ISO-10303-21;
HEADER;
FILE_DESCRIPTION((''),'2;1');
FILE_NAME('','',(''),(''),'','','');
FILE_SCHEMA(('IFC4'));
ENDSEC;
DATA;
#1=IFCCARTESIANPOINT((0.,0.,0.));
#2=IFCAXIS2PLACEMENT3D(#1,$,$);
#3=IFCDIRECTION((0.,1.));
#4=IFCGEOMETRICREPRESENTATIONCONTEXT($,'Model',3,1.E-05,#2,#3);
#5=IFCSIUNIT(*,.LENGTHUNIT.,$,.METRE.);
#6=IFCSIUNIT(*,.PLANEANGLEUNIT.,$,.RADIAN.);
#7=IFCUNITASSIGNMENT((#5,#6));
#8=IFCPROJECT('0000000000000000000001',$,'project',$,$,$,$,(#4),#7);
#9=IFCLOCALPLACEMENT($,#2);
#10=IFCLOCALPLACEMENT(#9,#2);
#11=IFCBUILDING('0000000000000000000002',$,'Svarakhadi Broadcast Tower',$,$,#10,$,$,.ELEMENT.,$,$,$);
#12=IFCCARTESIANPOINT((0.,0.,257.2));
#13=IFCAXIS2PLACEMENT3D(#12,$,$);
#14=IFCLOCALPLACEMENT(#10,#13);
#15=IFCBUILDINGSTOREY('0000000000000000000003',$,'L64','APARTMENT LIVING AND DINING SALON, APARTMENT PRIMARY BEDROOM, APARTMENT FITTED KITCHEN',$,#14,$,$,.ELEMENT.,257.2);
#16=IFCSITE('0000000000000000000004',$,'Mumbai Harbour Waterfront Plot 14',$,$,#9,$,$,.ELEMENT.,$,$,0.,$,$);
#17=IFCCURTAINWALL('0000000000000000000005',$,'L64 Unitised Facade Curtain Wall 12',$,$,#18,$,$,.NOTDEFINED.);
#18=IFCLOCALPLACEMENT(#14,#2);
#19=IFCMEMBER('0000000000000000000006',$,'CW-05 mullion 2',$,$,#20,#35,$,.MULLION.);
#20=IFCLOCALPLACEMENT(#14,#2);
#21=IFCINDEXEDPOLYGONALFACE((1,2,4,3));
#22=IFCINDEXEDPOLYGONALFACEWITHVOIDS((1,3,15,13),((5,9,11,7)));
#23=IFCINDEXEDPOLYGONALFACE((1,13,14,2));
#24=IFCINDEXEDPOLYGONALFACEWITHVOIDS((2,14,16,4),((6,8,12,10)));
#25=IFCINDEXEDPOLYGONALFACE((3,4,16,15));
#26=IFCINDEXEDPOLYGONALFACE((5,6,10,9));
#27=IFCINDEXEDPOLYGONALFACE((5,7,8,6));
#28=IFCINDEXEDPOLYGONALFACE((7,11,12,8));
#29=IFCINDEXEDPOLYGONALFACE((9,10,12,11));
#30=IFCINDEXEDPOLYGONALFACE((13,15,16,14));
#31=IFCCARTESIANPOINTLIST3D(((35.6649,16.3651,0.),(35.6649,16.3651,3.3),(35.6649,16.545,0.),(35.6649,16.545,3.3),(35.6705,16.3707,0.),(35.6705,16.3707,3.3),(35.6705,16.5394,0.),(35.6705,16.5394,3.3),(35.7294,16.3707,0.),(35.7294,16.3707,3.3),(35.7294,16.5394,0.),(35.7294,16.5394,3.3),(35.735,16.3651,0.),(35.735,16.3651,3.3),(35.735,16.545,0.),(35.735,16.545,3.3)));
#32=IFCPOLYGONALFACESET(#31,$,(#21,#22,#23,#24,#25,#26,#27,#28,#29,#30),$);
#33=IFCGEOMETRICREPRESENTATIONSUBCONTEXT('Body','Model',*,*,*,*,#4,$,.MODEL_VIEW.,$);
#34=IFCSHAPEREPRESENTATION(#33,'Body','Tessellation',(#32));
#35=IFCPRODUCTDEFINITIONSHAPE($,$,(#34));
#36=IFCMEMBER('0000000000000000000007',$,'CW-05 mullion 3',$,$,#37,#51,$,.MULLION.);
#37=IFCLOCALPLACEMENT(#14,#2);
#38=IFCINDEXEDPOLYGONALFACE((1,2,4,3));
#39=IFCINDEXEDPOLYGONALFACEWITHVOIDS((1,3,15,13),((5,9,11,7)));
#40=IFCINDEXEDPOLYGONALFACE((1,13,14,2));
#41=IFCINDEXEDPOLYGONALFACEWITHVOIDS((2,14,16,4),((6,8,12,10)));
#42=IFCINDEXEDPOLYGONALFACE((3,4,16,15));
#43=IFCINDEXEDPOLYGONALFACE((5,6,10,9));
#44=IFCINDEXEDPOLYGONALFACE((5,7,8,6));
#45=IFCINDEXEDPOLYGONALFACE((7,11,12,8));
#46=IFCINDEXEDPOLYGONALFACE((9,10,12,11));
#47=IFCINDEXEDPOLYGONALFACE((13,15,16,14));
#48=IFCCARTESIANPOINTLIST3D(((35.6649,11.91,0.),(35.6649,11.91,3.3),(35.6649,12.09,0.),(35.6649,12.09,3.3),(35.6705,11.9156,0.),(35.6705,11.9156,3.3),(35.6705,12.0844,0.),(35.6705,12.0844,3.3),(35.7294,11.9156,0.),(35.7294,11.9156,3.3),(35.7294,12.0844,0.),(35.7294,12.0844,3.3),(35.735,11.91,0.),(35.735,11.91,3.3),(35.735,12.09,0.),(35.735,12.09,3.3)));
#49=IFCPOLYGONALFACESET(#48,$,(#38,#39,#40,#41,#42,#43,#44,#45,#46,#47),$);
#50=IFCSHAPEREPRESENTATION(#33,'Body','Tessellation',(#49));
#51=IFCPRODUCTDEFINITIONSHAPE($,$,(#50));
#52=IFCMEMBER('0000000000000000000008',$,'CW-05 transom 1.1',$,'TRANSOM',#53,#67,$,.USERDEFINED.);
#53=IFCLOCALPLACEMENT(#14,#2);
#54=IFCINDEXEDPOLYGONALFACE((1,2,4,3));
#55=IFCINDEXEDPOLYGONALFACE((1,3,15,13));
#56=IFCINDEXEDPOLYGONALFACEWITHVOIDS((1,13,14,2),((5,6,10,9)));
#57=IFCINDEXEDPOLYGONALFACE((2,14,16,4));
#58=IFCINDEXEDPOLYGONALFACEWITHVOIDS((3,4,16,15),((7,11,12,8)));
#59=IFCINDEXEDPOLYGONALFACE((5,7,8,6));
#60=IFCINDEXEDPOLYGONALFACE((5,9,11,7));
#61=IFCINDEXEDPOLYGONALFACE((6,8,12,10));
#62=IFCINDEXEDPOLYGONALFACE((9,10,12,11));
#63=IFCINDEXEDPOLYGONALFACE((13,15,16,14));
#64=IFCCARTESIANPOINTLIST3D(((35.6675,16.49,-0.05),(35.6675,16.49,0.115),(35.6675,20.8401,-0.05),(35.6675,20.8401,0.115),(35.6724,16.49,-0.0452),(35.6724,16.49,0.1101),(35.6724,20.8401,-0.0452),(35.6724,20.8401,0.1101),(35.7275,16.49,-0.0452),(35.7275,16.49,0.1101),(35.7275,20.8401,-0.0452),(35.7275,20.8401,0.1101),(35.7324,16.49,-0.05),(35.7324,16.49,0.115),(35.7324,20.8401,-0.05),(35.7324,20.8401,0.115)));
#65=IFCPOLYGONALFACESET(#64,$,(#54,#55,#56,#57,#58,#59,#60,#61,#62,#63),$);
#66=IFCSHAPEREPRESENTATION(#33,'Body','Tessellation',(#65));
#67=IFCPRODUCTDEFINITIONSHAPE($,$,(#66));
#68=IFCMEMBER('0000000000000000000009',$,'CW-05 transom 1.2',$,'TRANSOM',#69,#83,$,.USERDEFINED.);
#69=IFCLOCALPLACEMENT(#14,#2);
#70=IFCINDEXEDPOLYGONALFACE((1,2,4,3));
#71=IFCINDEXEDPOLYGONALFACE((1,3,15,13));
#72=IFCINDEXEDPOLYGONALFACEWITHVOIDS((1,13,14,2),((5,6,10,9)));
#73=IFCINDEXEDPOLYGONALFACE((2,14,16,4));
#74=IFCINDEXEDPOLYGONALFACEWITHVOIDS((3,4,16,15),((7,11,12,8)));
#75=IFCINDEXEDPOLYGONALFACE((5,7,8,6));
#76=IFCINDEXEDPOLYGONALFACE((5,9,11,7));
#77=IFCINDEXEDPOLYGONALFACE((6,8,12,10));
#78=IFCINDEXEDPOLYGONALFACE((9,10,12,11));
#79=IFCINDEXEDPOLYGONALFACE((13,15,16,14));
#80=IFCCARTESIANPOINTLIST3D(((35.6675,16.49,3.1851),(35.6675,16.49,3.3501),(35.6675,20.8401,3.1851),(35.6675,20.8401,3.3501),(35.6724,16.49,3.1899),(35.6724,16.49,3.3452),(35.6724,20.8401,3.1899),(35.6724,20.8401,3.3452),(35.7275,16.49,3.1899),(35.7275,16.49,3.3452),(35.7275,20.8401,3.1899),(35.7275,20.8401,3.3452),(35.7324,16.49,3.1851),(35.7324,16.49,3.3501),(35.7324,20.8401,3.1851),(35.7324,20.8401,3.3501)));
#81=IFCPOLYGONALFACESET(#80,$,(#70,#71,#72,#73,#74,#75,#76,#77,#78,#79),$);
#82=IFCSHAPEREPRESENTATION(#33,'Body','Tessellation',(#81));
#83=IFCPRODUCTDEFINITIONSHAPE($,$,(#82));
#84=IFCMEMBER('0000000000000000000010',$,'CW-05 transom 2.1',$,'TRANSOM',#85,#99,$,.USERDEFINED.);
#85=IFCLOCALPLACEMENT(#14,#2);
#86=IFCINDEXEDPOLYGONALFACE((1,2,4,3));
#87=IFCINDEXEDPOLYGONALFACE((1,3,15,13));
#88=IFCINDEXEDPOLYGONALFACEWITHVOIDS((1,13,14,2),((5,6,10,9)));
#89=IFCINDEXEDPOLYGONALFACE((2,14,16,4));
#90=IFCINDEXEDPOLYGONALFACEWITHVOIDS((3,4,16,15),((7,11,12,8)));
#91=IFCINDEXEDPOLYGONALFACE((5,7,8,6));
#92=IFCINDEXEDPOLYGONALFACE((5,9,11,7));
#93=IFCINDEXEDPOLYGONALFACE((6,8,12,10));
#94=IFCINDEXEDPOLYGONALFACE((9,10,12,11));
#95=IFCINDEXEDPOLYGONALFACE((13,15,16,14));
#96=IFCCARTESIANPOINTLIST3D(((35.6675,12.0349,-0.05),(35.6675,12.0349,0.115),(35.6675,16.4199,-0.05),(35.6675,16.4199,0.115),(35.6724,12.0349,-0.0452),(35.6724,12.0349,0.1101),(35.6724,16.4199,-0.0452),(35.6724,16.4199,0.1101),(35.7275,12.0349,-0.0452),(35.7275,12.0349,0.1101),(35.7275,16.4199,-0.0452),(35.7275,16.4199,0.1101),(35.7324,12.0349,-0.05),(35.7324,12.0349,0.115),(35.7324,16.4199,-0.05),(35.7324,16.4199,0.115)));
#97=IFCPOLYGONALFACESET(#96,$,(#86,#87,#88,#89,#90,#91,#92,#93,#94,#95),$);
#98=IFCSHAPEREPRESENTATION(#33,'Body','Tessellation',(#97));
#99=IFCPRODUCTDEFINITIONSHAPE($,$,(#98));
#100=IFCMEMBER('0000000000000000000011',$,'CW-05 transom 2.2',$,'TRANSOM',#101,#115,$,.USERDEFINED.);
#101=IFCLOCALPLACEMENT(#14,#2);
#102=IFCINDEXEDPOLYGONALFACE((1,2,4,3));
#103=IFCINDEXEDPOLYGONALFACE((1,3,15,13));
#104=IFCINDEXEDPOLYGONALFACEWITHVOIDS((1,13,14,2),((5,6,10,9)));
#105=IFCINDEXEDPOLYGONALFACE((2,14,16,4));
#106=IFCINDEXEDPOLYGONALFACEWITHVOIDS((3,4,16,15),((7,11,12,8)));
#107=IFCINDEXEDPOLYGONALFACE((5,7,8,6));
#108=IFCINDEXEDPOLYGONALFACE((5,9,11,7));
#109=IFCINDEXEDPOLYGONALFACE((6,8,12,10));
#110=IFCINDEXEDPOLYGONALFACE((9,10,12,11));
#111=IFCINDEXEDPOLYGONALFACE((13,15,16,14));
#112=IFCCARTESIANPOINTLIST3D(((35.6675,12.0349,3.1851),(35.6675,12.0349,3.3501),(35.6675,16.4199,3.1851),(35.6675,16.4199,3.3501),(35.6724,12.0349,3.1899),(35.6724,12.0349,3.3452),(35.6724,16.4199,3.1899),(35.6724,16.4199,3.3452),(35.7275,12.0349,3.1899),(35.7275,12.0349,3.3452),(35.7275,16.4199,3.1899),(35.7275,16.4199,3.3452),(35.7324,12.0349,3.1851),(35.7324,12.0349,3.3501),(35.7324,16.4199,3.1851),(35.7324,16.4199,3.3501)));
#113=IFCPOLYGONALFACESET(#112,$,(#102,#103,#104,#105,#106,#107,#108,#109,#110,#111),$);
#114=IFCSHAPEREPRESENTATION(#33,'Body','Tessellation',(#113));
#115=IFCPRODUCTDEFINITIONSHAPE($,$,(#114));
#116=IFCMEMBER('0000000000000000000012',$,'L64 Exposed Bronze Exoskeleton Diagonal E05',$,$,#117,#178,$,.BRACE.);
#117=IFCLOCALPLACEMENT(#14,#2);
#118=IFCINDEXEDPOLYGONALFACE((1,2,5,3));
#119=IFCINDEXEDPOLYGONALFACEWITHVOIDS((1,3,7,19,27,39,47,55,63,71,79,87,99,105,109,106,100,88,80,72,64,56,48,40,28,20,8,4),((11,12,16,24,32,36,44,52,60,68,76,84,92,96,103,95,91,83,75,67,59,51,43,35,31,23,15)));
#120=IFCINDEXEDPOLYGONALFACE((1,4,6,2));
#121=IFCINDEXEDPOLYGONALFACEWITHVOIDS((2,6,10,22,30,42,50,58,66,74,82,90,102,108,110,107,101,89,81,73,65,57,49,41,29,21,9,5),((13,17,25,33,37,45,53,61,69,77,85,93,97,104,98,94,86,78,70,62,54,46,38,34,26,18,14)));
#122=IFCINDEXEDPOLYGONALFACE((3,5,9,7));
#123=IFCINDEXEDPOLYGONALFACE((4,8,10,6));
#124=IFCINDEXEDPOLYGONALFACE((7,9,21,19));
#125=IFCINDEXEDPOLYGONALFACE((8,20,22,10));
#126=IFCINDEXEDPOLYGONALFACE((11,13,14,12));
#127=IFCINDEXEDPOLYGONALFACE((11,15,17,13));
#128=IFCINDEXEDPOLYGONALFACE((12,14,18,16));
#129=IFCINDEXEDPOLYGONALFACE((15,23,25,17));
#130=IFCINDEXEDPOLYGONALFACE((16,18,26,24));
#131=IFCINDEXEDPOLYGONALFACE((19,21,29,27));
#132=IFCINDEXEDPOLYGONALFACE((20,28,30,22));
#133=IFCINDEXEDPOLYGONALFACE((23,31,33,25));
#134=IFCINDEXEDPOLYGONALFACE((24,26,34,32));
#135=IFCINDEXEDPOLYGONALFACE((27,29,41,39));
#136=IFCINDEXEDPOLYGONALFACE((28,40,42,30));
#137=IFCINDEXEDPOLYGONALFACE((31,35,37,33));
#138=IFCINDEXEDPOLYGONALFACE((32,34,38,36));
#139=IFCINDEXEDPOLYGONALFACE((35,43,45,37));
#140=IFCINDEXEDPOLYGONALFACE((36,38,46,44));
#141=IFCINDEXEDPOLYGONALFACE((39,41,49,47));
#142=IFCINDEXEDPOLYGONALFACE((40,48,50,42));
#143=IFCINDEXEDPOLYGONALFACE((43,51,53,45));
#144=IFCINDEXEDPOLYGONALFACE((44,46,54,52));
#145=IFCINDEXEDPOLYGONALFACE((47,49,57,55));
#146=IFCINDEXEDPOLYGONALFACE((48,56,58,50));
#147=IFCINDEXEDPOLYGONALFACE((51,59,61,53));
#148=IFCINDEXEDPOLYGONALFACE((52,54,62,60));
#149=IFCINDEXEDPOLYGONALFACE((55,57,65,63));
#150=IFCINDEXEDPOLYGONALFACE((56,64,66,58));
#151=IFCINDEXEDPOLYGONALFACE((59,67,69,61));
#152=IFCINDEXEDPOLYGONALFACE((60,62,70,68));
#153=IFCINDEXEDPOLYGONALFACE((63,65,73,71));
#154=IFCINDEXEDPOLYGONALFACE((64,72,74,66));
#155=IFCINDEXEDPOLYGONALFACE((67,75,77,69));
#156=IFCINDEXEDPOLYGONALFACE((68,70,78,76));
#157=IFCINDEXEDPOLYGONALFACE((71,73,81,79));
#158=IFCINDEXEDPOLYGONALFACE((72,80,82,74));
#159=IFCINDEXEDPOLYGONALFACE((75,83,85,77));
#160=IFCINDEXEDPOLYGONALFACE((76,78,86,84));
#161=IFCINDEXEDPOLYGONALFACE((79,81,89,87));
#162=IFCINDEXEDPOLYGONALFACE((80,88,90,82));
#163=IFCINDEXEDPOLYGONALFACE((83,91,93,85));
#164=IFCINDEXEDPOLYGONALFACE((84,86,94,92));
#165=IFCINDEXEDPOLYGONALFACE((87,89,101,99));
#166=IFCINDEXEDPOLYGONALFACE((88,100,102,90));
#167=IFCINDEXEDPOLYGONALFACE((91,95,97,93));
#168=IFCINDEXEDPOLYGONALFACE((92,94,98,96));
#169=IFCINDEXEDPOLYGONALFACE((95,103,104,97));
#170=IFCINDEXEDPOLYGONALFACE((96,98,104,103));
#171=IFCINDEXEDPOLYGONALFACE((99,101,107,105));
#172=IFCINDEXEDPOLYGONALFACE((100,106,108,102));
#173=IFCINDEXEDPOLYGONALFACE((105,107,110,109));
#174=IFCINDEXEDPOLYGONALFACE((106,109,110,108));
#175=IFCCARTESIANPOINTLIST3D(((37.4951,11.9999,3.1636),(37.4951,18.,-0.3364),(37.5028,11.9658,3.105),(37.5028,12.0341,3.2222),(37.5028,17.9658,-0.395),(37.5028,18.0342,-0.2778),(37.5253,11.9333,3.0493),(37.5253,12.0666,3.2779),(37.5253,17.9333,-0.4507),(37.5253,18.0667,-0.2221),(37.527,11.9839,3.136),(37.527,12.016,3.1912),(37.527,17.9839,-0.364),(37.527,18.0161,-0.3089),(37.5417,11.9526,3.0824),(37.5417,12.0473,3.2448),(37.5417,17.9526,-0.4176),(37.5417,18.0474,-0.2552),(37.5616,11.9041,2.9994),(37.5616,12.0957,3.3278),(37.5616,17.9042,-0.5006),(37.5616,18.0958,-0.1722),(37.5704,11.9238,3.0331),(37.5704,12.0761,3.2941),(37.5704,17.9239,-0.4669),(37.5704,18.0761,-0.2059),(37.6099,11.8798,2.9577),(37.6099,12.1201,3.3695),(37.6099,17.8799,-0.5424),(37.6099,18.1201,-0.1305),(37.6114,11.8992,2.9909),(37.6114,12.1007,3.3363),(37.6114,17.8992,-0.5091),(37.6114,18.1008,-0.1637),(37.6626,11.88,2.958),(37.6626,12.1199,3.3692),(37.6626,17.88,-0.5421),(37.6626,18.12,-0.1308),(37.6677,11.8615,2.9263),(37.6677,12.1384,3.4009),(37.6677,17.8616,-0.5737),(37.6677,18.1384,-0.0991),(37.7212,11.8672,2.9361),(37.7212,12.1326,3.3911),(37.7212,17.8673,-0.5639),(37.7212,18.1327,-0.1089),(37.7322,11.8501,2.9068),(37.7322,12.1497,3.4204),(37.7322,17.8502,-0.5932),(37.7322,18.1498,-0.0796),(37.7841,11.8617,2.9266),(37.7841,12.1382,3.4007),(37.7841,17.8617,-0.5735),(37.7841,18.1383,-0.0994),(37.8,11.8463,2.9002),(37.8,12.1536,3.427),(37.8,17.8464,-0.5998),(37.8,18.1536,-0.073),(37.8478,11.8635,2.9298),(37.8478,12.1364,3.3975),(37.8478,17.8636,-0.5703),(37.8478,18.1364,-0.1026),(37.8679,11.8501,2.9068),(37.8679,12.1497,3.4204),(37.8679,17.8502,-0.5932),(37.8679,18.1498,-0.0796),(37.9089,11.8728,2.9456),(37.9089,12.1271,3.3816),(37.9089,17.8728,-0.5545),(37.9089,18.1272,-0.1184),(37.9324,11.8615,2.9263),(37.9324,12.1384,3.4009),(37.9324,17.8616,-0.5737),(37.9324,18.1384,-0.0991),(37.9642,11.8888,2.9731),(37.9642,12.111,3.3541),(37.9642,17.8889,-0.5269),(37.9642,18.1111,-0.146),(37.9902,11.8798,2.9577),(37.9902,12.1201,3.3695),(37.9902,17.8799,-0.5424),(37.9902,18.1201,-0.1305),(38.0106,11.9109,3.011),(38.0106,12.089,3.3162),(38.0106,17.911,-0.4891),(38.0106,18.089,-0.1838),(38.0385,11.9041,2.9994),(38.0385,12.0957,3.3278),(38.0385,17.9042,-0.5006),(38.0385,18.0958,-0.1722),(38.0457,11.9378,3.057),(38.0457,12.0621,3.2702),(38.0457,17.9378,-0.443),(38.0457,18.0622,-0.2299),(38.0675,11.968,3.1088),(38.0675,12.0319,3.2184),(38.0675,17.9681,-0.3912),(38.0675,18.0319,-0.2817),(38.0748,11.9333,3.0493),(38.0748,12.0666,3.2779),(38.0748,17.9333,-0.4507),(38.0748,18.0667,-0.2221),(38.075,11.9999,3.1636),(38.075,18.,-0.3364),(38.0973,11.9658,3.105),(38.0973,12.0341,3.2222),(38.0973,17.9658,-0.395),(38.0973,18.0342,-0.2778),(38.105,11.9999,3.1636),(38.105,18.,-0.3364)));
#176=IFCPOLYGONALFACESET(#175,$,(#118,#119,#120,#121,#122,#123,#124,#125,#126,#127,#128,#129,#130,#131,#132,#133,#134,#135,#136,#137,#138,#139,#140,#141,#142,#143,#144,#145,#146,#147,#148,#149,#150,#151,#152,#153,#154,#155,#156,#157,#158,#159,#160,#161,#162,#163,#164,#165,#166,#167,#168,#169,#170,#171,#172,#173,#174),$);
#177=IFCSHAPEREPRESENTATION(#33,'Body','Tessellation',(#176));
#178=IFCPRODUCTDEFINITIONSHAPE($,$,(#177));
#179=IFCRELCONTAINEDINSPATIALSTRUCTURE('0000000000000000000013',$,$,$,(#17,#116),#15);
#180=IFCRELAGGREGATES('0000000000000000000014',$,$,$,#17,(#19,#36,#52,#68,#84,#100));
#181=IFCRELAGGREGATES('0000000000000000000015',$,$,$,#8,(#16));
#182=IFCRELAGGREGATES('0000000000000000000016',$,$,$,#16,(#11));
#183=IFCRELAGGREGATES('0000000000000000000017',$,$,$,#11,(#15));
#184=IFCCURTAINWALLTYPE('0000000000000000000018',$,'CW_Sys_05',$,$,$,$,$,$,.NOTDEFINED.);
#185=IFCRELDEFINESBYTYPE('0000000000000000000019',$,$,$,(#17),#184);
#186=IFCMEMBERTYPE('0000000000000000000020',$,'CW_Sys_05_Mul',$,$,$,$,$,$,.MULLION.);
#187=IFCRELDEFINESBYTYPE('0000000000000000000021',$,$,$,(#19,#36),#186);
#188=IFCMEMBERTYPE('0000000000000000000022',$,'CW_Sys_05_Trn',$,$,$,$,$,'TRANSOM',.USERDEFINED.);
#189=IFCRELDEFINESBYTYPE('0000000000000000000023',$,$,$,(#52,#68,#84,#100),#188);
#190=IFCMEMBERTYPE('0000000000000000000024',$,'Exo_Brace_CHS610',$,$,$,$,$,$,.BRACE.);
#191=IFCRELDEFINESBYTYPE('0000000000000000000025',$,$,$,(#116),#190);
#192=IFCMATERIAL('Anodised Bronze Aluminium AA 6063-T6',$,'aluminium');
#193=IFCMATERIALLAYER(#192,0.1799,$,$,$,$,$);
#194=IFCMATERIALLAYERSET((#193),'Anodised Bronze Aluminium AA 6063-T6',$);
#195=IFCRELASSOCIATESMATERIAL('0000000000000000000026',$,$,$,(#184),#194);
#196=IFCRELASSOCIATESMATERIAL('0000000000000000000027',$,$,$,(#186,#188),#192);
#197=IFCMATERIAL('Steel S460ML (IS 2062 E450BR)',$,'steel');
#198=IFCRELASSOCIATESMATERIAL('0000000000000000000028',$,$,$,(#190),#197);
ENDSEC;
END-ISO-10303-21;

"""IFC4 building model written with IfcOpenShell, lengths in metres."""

from ifc_helpers import new_model, si_unit, direction, frame, origin, origin_2d, place, context, subcontext, project, spatial, hollow_rectangle, hollow_circle, extrude, material, layer, layer_set, material_profile, profile_set, type_object, element, aggregate, save


model = new_model("IFC4")

# Units and contexts
model_context = context("Model", 3, precision=1e-05, world=origin(), true_north=direction((0.0, 1.0)))
body_context = subcontext(model_context, "Body", "Model", "MODEL_VIEW")
ifc_project = project(units=[si_unit("LENGTHUNIT", "METRE"), si_unit("PLANEANGLEUNIT", "RADIAN")], contexts=[model_context])

# Site, building, storey
site_placement = place(None, origin())
site = spatial("IfcSite", under=ifc_project, at=site_placement, Name="Mumbai Harbour Waterfront Plot 14", CompositionType="ELEMENT", RefElevation=0.0)
building_placement = place(site_placement, origin())
building = spatial("IfcBuilding", under=site, at=building_placement, Name="Svarakhadi Broadcast Tower", CompositionType="ELEMENT")
storey_placement = place(building_placement, frame((0.0, 0.0, 257.2)))
storey = spatial("IfcBuildingStorey", under=building, at=storey_placement, Name="L64", Description="APARTMENT LIVING AND DINING SALON, APARTMENT PRIMARY BEDROOM, APARTMENT FITTED KITCHEN", CompositionType="ELEMENT", Elevation=257.2)

# Shared definitions
ifc_material_1 = material(Name="Steel S460ML (IS 2062 E450BR)", Category="steel")

# Shared definitions
ifc_material_2 = material(Name="Anodised Bronze Aluminium AA 6063-T6", Category="aluminium")
ifc_layer_1 = layer(ifc_material_2, 0.1799)
ifc_layer_set_1 = layer_set([ifc_layer_1], Name="Anodised Bronze Aluminium AA 6063-T6")
curtain_wall_type = type_object("IfcCurtainWallType", Name="CW_Sys_05", PredefinedType="NOTDEFINED", material=ifc_layer_set_1)
ifc_material_profile_1 = material_profile(ifc_material_2, hollow_rectangle(XDim=0.0701, YDim=0.1799, WallThickness=0.0056, at=origin_2d()), Name="ALU MULLION 180x70x6")
ifc_profile_set_1 = profile_set([ifc_material_profile_1], Name="Anodised Bronze Aluminium AA 6063-T6")
member_type_1 = type_object("IfcMemberType", Name="CW_Sys_05_Mul", PredefinedType="MULLION", material=ifc_profile_set_1)

# Curtain wall, members
curtain_wall_1_placement = place(storey_placement, origin())
curtain_wall_1 = element("IfcCurtainWall", 1, at=curtain_wall_1_placement, inside=storey, type_object=curtain_wall_type, Name="L64 Unitised Facade Curtain Wall 12", PredefinedType="NOTDEFINED")
member_1_placement = place(storey_placement, frame((35.7, 16.4551, 0.0), z_axis=(0.0, 0.0, 1.0), x_axis=(1.0, 0.0, 0.0)))
member_1 = element("IfcMember", 2, at=member_1_placement, type_object=member_type_1, Name="CW-05 mullion 2", PredefinedType="MULLION", context=body_context, shape_type="SweptSolid", body=[
    extrude(hollow_rectangle(XDim=0.0701, YDim=0.1799, WallThickness=0.0056, at=origin_2d()), origin(), (0.0, 0.0, 1.0), 3.3),
])
member_2_placement = place(storey_placement, frame((35.7, 12.0, 0.0), z_axis=(0.0, 0.0, 1.0), x_axis=(1.0, 0.0, 0.0)))
member_2 = element("IfcMember", 3, at=member_2_placement, type_object=member_type_1, Name="CW-05 mullion 3", PredefinedType="MULLION", context=body_context, shape_type="SweptSolid", body=[
    extrude(hollow_rectangle(XDim=0.0701, YDim=0.1799, WallThickness=0.0056, at=origin_2d()), origin(), (0.0, 0.0, 1.0), 3.3),
])
ifc_material_profile_2 = material_profile(ifc_material_2, hollow_rectangle(XDim=0.0649, YDim=0.165, WallThickness=0.0049, at=origin_2d()), Name="ALU TRANSOM 165x65x5")
ifc_profile_set_2 = profile_set([ifc_material_profile_2], Name="Anodised Bronze Aluminium AA 6063-T6")
member_type_2 = type_object("IfcMemberType", Name="CW_Sys_05_Trn", ElementType="TRANSOM", PredefinedType="USERDEFINED", material=ifc_profile_set_2)
member_3_placement = place(storey_placement, frame((35.7, 20.8401, 0.0325), z_axis=(0.0, -1.0, 0.0), x_axis=(1.0, 0.0, 0.0)))
member_3 = element("IfcMember", 4, at=member_3_placement, type_object=member_type_2, Name="CW-05 transom 1.1", ObjectType="TRANSOM", PredefinedType="USERDEFINED", context=body_context, shape_type="SweptSolid", body=[
    extrude(hollow_rectangle(XDim=0.0649, YDim=0.165, WallThickness=0.0049, at=origin_2d()), origin(), (0.0, 0.0, 1.0), 4.3501),
])
member_4_placement = place(storey_placement, frame((35.7, 20.8401, 3.2676), z_axis=(0.0, -1.0, 0.0), x_axis=(1.0, 0.0, 0.0)))
member_4 = element("IfcMember", 5, at=member_4_placement, type_object=member_type_2, Name="CW-05 transom 1.2", ObjectType="TRANSOM", PredefinedType="USERDEFINED", context=body_context, shape_type="SweptSolid", body=[
    extrude(hollow_rectangle(XDim=0.0649, YDim=0.165, WallThickness=0.0049, at=origin_2d()), origin(), (0.0, 0.0, 1.0), 4.3501),
])
member_5_placement = place(storey_placement, frame((35.7, 16.4199, 0.0325), z_axis=(0.0, -1.0, 0.0), x_axis=(1.0, 0.0, 0.0)))
member_5 = element("IfcMember", 6, at=member_5_placement, type_object=member_type_2, Name="CW-05 transom 2.1", ObjectType="TRANSOM", PredefinedType="USERDEFINED", context=body_context, shape_type="SweptSolid", body=[
    extrude(hollow_rectangle(XDim=0.0649, YDim=0.165, WallThickness=0.0049, at=origin_2d()), origin(), (0.0, 0.0, 1.0), 4.385),
])
member_6_placement = place(storey_placement, frame((35.7, 16.4199, 3.2676), z_axis=(0.0, -1.0, 0.0), x_axis=(1.0, 0.0, 0.0)))
member_6 = element("IfcMember", 7, at=member_6_placement, type_object=member_type_2, Name="CW-05 transom 2.2", ObjectType="TRANSOM", PredefinedType="USERDEFINED", context=body_context, shape_type="SweptSolid", body=[
    extrude(hollow_rectangle(XDim=0.0649, YDim=0.165, WallThickness=0.0049, at=origin_2d()), origin(), (0.0, 0.0, 1.0), 4.385),
])

# Member
ifc_material_profile_3 = material_profile(ifc_material_1, hollow_circle(Radius=0.3049, WallThickness=0.03, at=origin_2d()), Name="CHS 610x30")
ifc_profile_set_3 = profile_set([ifc_material_profile_3], Name="Steel S460ML (IS 2062 E450BR)")
member_type_3 = type_object("IfcMemberType", Name="Exo_Brace_CHS610", PredefinedType="BRACE", material=ifc_profile_set_3)
member_7_placement = place(storey_placement, frame((37.8, 18.0, -0.3364), z_axis=(0.0, -0.863779, 0.503871), x_axis=(1.0, 0.0, 0.0)))
element("IfcMember", 8, at=member_7_placement, inside=storey, type_object=member_type_3, Name="L64 Exposed Bronze Exoskeleton Diagonal E05", PredefinedType="BRACE", context=body_context, shape_type="SweptSolid", body=[
    extrude(hollow_circle(Radius=0.3049, WallThickness=0.03, at=origin_2d()), origin(), (0.0, 0.0, 1.0), 6.9463),
])

aggregate(curtain_wall_1, [member_1, member_2, member_3, member_4, member_5, member_6])

save(model, "model.ifc")
